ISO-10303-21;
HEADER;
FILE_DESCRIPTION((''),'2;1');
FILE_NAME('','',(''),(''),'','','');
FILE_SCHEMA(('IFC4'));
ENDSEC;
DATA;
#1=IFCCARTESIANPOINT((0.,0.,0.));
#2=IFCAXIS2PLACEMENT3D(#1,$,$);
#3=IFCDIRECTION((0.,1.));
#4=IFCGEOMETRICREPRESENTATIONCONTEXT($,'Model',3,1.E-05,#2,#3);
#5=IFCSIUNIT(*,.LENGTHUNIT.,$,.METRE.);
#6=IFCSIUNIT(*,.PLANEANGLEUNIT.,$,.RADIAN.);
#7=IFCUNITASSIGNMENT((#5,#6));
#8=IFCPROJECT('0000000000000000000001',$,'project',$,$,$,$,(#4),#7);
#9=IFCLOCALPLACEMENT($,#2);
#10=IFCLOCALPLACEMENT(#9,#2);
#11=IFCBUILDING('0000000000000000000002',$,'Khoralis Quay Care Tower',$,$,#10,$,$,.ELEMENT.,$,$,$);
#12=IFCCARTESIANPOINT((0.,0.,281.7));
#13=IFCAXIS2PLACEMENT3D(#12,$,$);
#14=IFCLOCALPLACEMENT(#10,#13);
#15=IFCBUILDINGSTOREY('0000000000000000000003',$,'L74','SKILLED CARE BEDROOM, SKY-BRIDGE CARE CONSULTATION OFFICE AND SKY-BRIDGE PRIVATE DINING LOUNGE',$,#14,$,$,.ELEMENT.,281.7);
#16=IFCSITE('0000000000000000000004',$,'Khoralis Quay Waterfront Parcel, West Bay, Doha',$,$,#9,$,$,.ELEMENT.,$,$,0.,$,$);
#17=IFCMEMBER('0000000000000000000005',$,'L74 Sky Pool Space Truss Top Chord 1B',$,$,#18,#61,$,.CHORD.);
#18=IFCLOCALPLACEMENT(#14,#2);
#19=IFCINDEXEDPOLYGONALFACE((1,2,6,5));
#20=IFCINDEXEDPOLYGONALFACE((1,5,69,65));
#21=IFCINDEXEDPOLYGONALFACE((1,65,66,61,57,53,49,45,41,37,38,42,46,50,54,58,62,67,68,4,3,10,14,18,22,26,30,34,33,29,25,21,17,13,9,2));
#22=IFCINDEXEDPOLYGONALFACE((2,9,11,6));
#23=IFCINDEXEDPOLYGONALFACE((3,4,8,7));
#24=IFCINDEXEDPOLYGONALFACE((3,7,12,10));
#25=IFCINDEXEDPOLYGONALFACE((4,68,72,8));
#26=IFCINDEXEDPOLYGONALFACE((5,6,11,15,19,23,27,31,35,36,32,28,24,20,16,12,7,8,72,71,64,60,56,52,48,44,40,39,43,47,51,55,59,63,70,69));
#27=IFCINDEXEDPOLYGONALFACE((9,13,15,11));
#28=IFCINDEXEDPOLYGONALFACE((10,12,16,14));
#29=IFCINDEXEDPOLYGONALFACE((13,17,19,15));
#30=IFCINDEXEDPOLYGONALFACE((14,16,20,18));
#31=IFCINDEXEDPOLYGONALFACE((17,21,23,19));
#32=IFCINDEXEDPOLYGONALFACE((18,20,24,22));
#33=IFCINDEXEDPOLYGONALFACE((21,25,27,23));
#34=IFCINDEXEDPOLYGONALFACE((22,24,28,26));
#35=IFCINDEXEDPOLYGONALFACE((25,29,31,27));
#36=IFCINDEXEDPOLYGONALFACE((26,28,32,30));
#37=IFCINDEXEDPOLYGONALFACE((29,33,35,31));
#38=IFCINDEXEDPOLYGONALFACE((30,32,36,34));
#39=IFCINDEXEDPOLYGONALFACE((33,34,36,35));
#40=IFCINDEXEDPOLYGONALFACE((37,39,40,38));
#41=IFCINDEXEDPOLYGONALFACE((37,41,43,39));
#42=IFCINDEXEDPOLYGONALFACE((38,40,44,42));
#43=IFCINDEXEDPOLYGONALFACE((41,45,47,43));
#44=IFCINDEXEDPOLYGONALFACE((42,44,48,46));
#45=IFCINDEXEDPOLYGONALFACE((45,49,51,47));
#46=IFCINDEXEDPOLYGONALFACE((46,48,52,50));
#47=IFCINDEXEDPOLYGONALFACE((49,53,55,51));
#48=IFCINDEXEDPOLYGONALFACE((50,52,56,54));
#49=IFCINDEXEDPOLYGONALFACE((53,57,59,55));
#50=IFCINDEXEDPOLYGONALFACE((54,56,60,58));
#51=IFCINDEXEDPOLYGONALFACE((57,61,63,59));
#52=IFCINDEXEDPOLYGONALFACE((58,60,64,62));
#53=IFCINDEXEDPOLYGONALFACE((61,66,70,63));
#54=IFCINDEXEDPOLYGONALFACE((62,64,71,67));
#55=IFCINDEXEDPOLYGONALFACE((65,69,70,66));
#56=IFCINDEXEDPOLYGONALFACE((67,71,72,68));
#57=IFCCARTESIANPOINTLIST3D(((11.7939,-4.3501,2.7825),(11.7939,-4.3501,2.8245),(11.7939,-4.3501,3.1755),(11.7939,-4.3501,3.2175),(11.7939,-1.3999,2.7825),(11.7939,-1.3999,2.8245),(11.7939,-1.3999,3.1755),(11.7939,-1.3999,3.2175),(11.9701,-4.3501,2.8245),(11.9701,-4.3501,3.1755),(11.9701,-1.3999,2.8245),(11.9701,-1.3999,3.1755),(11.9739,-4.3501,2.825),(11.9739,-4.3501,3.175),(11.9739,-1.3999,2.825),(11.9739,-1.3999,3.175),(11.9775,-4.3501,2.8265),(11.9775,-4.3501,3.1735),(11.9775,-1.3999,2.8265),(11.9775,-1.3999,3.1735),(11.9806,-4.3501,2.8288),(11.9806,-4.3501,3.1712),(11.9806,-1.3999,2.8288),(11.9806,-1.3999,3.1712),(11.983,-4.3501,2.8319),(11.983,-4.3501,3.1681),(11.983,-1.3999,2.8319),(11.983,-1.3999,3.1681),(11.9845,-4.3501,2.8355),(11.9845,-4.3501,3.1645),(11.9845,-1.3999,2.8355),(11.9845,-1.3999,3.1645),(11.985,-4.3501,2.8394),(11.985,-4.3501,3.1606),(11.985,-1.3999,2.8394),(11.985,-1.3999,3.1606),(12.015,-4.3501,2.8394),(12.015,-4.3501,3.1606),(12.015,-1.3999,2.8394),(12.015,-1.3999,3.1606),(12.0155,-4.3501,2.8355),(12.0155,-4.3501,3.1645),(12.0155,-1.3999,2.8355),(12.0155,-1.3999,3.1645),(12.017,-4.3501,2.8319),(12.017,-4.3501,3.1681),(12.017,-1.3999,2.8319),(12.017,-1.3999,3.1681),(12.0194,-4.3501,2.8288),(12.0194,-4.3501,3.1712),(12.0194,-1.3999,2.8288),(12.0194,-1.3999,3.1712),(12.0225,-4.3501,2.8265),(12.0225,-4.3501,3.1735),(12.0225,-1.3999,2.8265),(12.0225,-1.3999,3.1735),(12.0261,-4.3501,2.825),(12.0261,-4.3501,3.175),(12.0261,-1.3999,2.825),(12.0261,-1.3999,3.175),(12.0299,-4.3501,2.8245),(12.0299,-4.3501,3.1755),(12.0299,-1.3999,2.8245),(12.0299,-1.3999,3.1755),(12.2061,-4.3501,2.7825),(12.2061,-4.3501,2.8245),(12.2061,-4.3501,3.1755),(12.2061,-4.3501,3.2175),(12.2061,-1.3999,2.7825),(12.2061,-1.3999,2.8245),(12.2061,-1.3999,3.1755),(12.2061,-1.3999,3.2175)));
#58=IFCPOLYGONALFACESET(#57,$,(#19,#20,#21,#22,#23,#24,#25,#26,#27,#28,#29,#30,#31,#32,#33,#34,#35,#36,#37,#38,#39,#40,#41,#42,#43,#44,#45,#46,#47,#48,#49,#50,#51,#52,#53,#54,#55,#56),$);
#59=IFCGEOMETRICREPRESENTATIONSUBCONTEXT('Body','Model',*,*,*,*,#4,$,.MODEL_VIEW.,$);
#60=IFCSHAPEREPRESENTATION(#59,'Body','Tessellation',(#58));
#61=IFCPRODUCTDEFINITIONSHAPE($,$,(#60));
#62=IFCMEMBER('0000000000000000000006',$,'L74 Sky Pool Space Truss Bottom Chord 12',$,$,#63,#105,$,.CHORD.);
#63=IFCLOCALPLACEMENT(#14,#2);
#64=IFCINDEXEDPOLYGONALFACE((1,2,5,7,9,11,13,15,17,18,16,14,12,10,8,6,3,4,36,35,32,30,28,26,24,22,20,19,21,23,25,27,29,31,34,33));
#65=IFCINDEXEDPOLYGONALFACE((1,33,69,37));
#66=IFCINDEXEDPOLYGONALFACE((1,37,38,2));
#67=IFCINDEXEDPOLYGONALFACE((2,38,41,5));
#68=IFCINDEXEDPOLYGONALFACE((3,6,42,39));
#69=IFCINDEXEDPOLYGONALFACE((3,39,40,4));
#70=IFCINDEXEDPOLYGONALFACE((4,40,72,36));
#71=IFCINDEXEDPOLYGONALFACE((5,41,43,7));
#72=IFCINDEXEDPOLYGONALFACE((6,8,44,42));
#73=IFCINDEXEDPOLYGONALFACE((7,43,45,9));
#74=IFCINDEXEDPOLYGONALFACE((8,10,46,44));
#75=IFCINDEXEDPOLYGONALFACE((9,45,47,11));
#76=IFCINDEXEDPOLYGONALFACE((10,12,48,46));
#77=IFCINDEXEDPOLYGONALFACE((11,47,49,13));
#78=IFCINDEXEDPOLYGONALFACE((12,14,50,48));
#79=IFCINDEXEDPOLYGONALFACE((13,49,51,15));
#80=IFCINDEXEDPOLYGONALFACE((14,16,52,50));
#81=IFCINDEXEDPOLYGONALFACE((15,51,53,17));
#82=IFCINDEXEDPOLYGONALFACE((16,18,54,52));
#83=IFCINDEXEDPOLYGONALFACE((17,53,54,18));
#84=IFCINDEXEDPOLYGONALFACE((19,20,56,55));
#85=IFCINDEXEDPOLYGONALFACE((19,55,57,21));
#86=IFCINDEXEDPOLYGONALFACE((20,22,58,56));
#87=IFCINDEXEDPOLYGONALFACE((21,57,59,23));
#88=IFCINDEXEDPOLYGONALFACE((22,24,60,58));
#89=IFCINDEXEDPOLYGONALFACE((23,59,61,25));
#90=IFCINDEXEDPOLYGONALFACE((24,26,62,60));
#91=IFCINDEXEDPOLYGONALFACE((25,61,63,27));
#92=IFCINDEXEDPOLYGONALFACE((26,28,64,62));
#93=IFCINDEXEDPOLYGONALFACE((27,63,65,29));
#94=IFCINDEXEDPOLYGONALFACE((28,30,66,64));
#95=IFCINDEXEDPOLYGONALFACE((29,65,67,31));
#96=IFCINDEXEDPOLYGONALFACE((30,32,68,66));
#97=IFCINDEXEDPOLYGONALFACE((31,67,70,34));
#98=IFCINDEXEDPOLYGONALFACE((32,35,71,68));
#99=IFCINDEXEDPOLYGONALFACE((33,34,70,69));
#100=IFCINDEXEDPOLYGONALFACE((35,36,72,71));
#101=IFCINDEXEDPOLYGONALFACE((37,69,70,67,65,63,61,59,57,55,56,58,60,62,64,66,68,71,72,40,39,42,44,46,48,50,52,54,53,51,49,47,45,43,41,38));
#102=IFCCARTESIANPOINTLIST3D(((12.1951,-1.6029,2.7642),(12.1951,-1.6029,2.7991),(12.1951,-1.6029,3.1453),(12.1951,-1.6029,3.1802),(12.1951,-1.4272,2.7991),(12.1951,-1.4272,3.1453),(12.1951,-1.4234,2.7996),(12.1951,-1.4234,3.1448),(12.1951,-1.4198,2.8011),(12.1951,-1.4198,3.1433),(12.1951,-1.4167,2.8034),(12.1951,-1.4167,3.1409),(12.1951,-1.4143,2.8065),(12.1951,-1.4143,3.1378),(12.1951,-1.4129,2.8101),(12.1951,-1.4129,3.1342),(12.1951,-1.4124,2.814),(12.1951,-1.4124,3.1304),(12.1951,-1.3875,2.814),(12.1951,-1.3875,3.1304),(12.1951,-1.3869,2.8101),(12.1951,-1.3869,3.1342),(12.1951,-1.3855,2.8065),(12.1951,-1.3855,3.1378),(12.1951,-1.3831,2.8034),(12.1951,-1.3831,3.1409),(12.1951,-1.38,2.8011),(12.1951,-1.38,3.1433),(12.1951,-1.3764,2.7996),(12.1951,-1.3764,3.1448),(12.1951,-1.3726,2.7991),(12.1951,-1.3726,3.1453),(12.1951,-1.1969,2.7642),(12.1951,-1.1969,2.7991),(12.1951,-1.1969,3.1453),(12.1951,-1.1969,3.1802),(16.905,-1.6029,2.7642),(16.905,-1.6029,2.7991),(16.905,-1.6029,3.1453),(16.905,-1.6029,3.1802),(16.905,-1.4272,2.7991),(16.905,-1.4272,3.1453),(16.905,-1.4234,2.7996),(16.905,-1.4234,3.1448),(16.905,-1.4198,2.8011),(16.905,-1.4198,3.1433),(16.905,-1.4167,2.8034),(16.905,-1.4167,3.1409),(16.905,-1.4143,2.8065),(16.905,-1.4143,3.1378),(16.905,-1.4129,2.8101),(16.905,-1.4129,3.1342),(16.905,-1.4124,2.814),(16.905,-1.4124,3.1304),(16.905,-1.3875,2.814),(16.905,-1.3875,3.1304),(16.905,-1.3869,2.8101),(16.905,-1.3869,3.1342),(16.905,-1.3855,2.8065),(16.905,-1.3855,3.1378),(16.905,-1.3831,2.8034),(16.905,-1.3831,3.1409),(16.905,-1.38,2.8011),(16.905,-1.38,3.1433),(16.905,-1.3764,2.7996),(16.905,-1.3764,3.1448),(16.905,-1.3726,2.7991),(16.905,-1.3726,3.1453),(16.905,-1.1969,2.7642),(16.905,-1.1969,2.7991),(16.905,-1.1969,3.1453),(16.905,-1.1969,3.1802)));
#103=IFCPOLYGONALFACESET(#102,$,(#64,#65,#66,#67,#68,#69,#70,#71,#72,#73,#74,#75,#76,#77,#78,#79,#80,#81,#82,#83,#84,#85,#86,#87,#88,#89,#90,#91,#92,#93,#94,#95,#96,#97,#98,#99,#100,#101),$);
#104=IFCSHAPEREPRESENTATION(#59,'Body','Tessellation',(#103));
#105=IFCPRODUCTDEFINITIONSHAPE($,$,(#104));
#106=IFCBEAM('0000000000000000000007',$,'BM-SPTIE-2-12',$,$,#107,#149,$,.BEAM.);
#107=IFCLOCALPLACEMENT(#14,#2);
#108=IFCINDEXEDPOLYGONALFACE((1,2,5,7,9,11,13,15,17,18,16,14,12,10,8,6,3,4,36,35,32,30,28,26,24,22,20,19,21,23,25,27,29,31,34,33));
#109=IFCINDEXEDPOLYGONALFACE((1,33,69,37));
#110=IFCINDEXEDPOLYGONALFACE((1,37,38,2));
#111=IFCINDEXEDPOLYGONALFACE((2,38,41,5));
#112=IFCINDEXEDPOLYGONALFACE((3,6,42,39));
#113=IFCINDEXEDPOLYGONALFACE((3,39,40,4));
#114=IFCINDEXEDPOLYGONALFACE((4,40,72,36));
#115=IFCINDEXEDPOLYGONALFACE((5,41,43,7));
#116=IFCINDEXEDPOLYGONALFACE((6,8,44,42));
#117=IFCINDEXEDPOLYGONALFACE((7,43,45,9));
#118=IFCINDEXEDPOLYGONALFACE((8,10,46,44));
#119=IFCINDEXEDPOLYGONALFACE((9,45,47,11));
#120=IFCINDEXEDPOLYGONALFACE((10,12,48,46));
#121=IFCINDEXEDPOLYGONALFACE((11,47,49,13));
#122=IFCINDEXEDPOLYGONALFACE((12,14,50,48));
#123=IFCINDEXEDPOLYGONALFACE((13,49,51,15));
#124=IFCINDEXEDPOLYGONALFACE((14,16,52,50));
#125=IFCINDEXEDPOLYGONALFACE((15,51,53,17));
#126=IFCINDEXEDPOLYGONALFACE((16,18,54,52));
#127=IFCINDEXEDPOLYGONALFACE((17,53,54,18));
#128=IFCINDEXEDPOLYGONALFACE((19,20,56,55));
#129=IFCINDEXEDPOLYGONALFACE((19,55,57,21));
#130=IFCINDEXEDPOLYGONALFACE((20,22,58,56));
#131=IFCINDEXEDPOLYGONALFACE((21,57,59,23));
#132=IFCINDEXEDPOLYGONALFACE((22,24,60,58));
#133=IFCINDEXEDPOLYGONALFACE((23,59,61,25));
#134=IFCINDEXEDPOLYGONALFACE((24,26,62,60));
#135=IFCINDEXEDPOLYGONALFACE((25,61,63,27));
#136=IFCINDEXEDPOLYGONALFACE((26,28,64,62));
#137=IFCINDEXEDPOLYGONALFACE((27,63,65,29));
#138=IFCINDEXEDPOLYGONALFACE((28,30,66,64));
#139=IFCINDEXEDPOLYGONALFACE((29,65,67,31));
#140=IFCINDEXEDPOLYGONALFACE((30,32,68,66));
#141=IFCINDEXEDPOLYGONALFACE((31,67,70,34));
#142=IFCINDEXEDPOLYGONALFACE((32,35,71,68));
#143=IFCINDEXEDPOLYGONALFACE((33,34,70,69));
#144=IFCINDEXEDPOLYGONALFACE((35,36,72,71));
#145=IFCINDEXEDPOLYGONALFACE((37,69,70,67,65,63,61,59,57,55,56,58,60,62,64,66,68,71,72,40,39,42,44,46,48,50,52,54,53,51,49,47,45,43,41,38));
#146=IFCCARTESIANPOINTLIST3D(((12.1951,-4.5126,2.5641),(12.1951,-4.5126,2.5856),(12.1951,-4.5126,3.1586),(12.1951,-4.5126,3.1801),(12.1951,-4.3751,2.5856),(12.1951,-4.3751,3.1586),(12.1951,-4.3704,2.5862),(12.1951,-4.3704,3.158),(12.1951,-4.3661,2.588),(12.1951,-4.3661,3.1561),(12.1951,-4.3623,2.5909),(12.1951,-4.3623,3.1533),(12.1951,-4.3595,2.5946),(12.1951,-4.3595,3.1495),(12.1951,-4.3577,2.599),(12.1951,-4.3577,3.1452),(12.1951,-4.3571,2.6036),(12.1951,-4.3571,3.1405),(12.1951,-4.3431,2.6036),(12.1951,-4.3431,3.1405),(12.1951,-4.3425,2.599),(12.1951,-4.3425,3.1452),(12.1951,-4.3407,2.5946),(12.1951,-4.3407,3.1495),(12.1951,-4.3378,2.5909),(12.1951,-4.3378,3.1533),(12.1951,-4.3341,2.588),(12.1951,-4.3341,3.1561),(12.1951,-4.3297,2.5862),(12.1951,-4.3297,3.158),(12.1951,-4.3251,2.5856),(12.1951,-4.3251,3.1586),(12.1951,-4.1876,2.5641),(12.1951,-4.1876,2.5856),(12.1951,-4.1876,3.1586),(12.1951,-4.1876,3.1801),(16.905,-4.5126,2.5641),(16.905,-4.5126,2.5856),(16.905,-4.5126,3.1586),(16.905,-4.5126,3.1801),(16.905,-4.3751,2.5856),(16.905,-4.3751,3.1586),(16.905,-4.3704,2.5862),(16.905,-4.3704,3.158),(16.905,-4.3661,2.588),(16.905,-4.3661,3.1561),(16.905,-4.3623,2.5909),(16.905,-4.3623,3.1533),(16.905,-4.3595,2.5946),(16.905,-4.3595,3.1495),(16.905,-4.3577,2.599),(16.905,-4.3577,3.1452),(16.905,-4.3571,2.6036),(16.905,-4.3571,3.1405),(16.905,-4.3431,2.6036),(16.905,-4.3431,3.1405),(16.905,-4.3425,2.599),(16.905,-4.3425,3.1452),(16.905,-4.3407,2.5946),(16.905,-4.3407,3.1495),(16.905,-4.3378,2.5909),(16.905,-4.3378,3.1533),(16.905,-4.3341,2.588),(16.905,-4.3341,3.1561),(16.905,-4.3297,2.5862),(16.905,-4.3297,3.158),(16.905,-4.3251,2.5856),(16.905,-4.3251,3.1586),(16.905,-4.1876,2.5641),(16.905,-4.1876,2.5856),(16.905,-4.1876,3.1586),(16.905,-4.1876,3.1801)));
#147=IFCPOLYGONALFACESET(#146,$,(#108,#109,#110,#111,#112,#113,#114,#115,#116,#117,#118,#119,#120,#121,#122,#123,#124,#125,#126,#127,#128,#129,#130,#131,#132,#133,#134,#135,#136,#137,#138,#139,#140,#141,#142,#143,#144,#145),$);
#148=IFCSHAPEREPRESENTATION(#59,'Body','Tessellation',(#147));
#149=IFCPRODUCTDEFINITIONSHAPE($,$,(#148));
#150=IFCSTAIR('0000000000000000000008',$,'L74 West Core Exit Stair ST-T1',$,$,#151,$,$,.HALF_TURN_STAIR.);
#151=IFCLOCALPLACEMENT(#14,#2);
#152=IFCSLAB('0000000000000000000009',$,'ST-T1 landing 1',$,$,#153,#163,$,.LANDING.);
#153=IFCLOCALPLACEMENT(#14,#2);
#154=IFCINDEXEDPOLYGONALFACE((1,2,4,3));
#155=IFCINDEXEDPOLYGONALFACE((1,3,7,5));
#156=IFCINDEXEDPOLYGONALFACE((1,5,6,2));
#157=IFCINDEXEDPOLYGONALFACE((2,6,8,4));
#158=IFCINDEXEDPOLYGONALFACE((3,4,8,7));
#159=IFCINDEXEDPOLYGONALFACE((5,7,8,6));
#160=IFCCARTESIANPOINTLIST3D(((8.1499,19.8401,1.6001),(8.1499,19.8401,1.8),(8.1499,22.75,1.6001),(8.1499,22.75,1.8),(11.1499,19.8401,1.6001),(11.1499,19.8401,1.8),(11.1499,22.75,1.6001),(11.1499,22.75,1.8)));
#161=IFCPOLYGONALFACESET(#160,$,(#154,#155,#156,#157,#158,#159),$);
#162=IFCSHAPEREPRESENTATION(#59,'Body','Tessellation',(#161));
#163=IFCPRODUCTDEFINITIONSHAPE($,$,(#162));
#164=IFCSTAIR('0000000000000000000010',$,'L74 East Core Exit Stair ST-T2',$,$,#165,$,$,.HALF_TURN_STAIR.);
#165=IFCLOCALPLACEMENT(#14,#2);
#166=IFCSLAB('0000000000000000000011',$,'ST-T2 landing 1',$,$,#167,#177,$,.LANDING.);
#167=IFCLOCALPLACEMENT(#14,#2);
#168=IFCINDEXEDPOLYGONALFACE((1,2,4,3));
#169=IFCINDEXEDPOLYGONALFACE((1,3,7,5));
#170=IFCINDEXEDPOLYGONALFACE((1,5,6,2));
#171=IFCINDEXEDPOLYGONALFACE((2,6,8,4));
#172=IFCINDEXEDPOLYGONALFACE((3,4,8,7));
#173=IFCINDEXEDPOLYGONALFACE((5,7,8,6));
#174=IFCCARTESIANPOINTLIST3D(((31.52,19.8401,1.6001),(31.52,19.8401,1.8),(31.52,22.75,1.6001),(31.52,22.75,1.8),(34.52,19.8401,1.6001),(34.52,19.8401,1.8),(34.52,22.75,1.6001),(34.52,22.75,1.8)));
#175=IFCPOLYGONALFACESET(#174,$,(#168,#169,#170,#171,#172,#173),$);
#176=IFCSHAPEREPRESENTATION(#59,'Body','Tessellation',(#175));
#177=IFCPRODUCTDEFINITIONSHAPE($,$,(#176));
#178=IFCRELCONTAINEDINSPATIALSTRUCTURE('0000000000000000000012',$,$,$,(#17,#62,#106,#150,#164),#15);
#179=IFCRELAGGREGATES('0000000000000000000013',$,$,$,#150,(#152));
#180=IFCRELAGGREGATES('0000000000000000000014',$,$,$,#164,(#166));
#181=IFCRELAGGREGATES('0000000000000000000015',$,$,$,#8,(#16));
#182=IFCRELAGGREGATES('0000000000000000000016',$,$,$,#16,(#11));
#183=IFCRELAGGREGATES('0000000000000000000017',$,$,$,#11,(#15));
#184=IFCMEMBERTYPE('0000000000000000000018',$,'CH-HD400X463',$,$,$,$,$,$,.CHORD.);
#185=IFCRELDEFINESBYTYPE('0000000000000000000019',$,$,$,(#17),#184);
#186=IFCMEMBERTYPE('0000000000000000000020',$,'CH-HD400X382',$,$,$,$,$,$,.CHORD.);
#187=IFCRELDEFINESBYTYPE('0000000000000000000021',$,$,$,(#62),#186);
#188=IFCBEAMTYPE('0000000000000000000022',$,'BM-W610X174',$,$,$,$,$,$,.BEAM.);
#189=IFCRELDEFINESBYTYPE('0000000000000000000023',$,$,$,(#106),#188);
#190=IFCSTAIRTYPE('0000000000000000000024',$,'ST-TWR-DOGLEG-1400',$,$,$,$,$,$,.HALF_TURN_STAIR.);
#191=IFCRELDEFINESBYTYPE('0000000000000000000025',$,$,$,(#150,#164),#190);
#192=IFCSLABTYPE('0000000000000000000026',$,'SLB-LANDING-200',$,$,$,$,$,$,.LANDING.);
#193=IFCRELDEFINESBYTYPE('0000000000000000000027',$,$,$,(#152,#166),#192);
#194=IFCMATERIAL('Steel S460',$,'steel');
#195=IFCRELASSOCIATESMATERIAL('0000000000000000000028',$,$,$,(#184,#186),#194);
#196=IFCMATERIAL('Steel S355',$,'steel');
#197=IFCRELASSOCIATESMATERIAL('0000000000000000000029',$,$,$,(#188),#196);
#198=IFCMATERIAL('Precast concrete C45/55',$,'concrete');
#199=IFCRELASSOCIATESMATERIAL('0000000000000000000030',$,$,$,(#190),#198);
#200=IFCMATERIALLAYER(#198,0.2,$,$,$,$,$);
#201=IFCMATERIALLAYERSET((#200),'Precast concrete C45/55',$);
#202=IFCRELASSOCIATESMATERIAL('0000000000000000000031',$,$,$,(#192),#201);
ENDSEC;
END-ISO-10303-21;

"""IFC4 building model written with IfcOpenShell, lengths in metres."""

from ifc_helpers import new_model, si_unit, direction, frame, origin, origin_2d, place, context, subcontext, project, spatial, polyline, i_section, outline, extrude, source, transform, mapped, material, layer, layer_set, material_profile, profile_set, type_object, element, aggregate, save


model = new_model("IFC4")

# Units and contexts
model_context = context("Model", 3, precision=1e-05, world=origin(), true_north=direction((0.0, 1.0)))
body_context = subcontext(model_context, "Body", "Model", "MODEL_VIEW")
ifc_project = project(units=[si_unit("LENGTHUNIT", "METRE"), si_unit("PLANEANGLEUNIT", "RADIAN")], contexts=[model_context])

# Site, building, storey
site_placement = place(None, origin())
site = spatial("IfcSite", under=ifc_project, at=site_placement, Name="Khoralis Quay Waterfront Parcel, West Bay, Doha", CompositionType="ELEMENT", RefElevation=0.0)
building_placement = place(site_placement, origin())
building = spatial("IfcBuilding", under=site, at=building_placement, Name="Khoralis Quay Care Tower", CompositionType="ELEMENT")
storey_placement = place(building_placement, frame((0.0, 0.0, 281.7)))
storey = spatial("IfcBuildingStorey", under=building, at=storey_placement, Name="L74", Description="SKILLED CARE BEDROOM, SKY-BRIDGE CARE CONSULTATION OFFICE AND SKY-BRIDGE PRIVATE DINING LOUNGE", CompositionType="ELEMENT", Elevation=281.7)

# Shared definitions
ifc_material_1 = material(Name="Steel S355", Category="steel")

# Members
ifc_material_2 = material(Name="Steel S460", Category="steel")
ifc_material_profile_1 = material_profile(ifc_material_2, i_section(OverallWidth=0.4121, OverallDepth=0.4351, WebThickness=0.03, FlangeThickness=0.042, FilletRadius=0.0149, at=origin_2d()), Name="Steel S460")
ifc_profile_set_1 = profile_set([ifc_material_profile_1], Name="Steel S460")
member_type_1 = type_object("IfcMemberType", Name="CH-HD400X463", PredefinedType="CHORD", material=ifc_profile_set_1)
shared_shape_1 = source(origin(), body_context, "Body", "SweptSolid", [
    extrude(i_section(OverallWidth=0.4121, OverallDepth=0.4351, WebThickness=0.03, FlangeThickness=0.042, FilletRadius=0.0149, at=origin_2d()), origin(), (0.0, 0.0, 1.0), 2.9502),
])
member_1_placement = place(storey_placement, frame((12.0, -1.3999, 3.0), z_axis=(0.0, -1.0, 0.0), x_axis=(1.0, 0.0, 0.0)))
element("IfcMember", 1, at=member_1_placement, inside=storey, type_object=member_type_1, Name="L74 Sky Pool Space Truss Top Chord 1B", PredefinedType="CHORD", context=body_context, shape_type="MappedRepresentation", body=[
    mapped(shared_shape_1, transform((0.0, 0.0, 0.0), scale=1.0)),
])
ifc_material_profile_2 = material_profile(ifc_material_2, i_section(OverallWidth=0.406, OverallDepth=0.416, WebThickness=0.0249, FlangeThickness=0.0349, FilletRadius=0.0149, at=origin_2d()), Name="Steel S460")
ifc_profile_set_2 = profile_set([ifc_material_profile_2], Name="Steel S460")
member_type_2 = type_object("IfcMemberType", Name="CH-HD400X382", PredefinedType="CHORD", material=ifc_profile_set_2)
shared_shape_2 = source(origin(), body_context, "Body", "SweptSolid", [
    extrude(i_section(OverallWidth=0.406, OverallDepth=0.416, WebThickness=0.0249, FlangeThickness=0.0349, FilletRadius=0.0149, at=origin_2d()), origin(), (0.0, 0.0, 1.0), 4.71),
])
member_2_placement = place(storey_placement, frame((12.1951, -1.3999, 2.9722), z_axis=(1.0, 0.0, 0.0), x_axis=(0.0, 1.0, 0.0)))
element("IfcMember", 2, at=member_2_placement, inside=storey, type_object=member_type_2, Name="L74 Sky Pool Space Truss Bottom Chord 12", PredefinedType="CHORD", context=body_context, shape_type="MappedRepresentation", body=[
    mapped(shared_shape_2, transform((0.0, 0.0, 0.0), scale=1.0)),
])

# Beam
ifc_material_profile_3 = material_profile(ifc_material_1, i_section(OverallWidth=0.325, OverallDepth=0.616, WebThickness=0.0139, FlangeThickness=0.0215, FilletRadius=0.0181, at=origin_2d()), Name="Steel S355")
ifc_profile_set_3 = profile_set([ifc_material_profile_3], Name="Steel S355")
beam_type_1 = type_object("IfcBeamType", Name="BM-W610X174", PredefinedType="BEAM", material=ifc_profile_set_3)
shared_shape_3 = source(origin(), body_context, "Body", "SweptSolid", [
    extrude(i_section(OverallWidth=0.325, OverallDepth=0.616, WebThickness=0.0139, FlangeThickness=0.0215, FilletRadius=0.0181, at=origin_2d()), origin(), (0.0, 0.0, 1.0), 4.71),
])
beam_1_placement = place(storey_placement, frame((12.1951, -4.3501, 2.8721), z_axis=(1.0, 0.0, 0.0), x_axis=(0.0, 1.0, 0.0)))
element("IfcBeam", 3, at=beam_1_placement, inside=storey, type_object=beam_type_1, Name="BM-SPTIE-2-12", PredefinedType="BEAM", context=body_context, shape_type="MappedRepresentation", body=[
    mapped(shared_shape_3, transform((0.0, 0.0, 0.0), scale=1.0)),
])

# Stairs, slabs
ifc_material_3 = material(Name="Precast concrete C45/55", Category="concrete")
stair_type = type_object("IfcStairType", Name="ST-TWR-DOGLEG-1400", PredefinedType="HALF_TURN_STAIR", material=ifc_material_3)
stair_1_placement = place(storey_placement, origin())
stair_1 = element("IfcStair", 4, at=stair_1_placement, inside=storey, type_object=stair_type, Name="L74 West Core Exit Stair ST-T1", PredefinedType="HALF_TURN_STAIR")
ifc_layer_1 = layer(ifc_material_3, 0.2)
ifc_layer_set_1 = layer_set([ifc_layer_1], Name="Precast concrete C45/55")
slab_type_1 = type_object("IfcSlabType", Name="SLB-LANDING-200", PredefinedType="LANDING", material=ifc_layer_set_1)
slab_1_placement = place(storey_placement, frame((0.0, 0.0, 1.6001)))
slab_1 = element("IfcSlab", 5, at=slab_1_placement, type_object=slab_type_1, Name="ST-T1 landing 1", PredefinedType="LANDING", context=body_context, shape_type="SweptSolid", body=[
    extrude(outline(polyline([(11.1499, 19.8401), (11.1499, 22.75), (8.1499, 22.75), (8.1499, 19.8401), (11.1499, 19.8401)])), origin(), (0.0, 0.0, 1.0), 0.2),
])
aggregate(stair_1, [slab_1])
stair_2_placement = place(storey_placement, origin())
stair_2 = element("IfcStair", 6, at=stair_2_placement, inside=storey, type_object=stair_type, Name="L74 East Core Exit Stair ST-T2", PredefinedType="HALF_TURN_STAIR")
slab_2_placement = place(storey_placement, frame((0.0, 0.0, 1.6001)))
slab_2 = element("IfcSlab", 7, at=slab_2_placement, type_object=slab_type_1, Name="ST-T2 landing 1", PredefinedType="LANDING", context=body_context, shape_type="SweptSolid", body=[
    extrude(outline(polyline([(34.52, 19.8401), (34.52, 22.75), (31.52, 22.75), (31.52, 19.8401), (34.52, 19.8401)])), origin(), (0.0, 0.0, 1.0), 0.2),
])
aggregate(stair_2, [slab_2])

save(model, "model.ifc")
